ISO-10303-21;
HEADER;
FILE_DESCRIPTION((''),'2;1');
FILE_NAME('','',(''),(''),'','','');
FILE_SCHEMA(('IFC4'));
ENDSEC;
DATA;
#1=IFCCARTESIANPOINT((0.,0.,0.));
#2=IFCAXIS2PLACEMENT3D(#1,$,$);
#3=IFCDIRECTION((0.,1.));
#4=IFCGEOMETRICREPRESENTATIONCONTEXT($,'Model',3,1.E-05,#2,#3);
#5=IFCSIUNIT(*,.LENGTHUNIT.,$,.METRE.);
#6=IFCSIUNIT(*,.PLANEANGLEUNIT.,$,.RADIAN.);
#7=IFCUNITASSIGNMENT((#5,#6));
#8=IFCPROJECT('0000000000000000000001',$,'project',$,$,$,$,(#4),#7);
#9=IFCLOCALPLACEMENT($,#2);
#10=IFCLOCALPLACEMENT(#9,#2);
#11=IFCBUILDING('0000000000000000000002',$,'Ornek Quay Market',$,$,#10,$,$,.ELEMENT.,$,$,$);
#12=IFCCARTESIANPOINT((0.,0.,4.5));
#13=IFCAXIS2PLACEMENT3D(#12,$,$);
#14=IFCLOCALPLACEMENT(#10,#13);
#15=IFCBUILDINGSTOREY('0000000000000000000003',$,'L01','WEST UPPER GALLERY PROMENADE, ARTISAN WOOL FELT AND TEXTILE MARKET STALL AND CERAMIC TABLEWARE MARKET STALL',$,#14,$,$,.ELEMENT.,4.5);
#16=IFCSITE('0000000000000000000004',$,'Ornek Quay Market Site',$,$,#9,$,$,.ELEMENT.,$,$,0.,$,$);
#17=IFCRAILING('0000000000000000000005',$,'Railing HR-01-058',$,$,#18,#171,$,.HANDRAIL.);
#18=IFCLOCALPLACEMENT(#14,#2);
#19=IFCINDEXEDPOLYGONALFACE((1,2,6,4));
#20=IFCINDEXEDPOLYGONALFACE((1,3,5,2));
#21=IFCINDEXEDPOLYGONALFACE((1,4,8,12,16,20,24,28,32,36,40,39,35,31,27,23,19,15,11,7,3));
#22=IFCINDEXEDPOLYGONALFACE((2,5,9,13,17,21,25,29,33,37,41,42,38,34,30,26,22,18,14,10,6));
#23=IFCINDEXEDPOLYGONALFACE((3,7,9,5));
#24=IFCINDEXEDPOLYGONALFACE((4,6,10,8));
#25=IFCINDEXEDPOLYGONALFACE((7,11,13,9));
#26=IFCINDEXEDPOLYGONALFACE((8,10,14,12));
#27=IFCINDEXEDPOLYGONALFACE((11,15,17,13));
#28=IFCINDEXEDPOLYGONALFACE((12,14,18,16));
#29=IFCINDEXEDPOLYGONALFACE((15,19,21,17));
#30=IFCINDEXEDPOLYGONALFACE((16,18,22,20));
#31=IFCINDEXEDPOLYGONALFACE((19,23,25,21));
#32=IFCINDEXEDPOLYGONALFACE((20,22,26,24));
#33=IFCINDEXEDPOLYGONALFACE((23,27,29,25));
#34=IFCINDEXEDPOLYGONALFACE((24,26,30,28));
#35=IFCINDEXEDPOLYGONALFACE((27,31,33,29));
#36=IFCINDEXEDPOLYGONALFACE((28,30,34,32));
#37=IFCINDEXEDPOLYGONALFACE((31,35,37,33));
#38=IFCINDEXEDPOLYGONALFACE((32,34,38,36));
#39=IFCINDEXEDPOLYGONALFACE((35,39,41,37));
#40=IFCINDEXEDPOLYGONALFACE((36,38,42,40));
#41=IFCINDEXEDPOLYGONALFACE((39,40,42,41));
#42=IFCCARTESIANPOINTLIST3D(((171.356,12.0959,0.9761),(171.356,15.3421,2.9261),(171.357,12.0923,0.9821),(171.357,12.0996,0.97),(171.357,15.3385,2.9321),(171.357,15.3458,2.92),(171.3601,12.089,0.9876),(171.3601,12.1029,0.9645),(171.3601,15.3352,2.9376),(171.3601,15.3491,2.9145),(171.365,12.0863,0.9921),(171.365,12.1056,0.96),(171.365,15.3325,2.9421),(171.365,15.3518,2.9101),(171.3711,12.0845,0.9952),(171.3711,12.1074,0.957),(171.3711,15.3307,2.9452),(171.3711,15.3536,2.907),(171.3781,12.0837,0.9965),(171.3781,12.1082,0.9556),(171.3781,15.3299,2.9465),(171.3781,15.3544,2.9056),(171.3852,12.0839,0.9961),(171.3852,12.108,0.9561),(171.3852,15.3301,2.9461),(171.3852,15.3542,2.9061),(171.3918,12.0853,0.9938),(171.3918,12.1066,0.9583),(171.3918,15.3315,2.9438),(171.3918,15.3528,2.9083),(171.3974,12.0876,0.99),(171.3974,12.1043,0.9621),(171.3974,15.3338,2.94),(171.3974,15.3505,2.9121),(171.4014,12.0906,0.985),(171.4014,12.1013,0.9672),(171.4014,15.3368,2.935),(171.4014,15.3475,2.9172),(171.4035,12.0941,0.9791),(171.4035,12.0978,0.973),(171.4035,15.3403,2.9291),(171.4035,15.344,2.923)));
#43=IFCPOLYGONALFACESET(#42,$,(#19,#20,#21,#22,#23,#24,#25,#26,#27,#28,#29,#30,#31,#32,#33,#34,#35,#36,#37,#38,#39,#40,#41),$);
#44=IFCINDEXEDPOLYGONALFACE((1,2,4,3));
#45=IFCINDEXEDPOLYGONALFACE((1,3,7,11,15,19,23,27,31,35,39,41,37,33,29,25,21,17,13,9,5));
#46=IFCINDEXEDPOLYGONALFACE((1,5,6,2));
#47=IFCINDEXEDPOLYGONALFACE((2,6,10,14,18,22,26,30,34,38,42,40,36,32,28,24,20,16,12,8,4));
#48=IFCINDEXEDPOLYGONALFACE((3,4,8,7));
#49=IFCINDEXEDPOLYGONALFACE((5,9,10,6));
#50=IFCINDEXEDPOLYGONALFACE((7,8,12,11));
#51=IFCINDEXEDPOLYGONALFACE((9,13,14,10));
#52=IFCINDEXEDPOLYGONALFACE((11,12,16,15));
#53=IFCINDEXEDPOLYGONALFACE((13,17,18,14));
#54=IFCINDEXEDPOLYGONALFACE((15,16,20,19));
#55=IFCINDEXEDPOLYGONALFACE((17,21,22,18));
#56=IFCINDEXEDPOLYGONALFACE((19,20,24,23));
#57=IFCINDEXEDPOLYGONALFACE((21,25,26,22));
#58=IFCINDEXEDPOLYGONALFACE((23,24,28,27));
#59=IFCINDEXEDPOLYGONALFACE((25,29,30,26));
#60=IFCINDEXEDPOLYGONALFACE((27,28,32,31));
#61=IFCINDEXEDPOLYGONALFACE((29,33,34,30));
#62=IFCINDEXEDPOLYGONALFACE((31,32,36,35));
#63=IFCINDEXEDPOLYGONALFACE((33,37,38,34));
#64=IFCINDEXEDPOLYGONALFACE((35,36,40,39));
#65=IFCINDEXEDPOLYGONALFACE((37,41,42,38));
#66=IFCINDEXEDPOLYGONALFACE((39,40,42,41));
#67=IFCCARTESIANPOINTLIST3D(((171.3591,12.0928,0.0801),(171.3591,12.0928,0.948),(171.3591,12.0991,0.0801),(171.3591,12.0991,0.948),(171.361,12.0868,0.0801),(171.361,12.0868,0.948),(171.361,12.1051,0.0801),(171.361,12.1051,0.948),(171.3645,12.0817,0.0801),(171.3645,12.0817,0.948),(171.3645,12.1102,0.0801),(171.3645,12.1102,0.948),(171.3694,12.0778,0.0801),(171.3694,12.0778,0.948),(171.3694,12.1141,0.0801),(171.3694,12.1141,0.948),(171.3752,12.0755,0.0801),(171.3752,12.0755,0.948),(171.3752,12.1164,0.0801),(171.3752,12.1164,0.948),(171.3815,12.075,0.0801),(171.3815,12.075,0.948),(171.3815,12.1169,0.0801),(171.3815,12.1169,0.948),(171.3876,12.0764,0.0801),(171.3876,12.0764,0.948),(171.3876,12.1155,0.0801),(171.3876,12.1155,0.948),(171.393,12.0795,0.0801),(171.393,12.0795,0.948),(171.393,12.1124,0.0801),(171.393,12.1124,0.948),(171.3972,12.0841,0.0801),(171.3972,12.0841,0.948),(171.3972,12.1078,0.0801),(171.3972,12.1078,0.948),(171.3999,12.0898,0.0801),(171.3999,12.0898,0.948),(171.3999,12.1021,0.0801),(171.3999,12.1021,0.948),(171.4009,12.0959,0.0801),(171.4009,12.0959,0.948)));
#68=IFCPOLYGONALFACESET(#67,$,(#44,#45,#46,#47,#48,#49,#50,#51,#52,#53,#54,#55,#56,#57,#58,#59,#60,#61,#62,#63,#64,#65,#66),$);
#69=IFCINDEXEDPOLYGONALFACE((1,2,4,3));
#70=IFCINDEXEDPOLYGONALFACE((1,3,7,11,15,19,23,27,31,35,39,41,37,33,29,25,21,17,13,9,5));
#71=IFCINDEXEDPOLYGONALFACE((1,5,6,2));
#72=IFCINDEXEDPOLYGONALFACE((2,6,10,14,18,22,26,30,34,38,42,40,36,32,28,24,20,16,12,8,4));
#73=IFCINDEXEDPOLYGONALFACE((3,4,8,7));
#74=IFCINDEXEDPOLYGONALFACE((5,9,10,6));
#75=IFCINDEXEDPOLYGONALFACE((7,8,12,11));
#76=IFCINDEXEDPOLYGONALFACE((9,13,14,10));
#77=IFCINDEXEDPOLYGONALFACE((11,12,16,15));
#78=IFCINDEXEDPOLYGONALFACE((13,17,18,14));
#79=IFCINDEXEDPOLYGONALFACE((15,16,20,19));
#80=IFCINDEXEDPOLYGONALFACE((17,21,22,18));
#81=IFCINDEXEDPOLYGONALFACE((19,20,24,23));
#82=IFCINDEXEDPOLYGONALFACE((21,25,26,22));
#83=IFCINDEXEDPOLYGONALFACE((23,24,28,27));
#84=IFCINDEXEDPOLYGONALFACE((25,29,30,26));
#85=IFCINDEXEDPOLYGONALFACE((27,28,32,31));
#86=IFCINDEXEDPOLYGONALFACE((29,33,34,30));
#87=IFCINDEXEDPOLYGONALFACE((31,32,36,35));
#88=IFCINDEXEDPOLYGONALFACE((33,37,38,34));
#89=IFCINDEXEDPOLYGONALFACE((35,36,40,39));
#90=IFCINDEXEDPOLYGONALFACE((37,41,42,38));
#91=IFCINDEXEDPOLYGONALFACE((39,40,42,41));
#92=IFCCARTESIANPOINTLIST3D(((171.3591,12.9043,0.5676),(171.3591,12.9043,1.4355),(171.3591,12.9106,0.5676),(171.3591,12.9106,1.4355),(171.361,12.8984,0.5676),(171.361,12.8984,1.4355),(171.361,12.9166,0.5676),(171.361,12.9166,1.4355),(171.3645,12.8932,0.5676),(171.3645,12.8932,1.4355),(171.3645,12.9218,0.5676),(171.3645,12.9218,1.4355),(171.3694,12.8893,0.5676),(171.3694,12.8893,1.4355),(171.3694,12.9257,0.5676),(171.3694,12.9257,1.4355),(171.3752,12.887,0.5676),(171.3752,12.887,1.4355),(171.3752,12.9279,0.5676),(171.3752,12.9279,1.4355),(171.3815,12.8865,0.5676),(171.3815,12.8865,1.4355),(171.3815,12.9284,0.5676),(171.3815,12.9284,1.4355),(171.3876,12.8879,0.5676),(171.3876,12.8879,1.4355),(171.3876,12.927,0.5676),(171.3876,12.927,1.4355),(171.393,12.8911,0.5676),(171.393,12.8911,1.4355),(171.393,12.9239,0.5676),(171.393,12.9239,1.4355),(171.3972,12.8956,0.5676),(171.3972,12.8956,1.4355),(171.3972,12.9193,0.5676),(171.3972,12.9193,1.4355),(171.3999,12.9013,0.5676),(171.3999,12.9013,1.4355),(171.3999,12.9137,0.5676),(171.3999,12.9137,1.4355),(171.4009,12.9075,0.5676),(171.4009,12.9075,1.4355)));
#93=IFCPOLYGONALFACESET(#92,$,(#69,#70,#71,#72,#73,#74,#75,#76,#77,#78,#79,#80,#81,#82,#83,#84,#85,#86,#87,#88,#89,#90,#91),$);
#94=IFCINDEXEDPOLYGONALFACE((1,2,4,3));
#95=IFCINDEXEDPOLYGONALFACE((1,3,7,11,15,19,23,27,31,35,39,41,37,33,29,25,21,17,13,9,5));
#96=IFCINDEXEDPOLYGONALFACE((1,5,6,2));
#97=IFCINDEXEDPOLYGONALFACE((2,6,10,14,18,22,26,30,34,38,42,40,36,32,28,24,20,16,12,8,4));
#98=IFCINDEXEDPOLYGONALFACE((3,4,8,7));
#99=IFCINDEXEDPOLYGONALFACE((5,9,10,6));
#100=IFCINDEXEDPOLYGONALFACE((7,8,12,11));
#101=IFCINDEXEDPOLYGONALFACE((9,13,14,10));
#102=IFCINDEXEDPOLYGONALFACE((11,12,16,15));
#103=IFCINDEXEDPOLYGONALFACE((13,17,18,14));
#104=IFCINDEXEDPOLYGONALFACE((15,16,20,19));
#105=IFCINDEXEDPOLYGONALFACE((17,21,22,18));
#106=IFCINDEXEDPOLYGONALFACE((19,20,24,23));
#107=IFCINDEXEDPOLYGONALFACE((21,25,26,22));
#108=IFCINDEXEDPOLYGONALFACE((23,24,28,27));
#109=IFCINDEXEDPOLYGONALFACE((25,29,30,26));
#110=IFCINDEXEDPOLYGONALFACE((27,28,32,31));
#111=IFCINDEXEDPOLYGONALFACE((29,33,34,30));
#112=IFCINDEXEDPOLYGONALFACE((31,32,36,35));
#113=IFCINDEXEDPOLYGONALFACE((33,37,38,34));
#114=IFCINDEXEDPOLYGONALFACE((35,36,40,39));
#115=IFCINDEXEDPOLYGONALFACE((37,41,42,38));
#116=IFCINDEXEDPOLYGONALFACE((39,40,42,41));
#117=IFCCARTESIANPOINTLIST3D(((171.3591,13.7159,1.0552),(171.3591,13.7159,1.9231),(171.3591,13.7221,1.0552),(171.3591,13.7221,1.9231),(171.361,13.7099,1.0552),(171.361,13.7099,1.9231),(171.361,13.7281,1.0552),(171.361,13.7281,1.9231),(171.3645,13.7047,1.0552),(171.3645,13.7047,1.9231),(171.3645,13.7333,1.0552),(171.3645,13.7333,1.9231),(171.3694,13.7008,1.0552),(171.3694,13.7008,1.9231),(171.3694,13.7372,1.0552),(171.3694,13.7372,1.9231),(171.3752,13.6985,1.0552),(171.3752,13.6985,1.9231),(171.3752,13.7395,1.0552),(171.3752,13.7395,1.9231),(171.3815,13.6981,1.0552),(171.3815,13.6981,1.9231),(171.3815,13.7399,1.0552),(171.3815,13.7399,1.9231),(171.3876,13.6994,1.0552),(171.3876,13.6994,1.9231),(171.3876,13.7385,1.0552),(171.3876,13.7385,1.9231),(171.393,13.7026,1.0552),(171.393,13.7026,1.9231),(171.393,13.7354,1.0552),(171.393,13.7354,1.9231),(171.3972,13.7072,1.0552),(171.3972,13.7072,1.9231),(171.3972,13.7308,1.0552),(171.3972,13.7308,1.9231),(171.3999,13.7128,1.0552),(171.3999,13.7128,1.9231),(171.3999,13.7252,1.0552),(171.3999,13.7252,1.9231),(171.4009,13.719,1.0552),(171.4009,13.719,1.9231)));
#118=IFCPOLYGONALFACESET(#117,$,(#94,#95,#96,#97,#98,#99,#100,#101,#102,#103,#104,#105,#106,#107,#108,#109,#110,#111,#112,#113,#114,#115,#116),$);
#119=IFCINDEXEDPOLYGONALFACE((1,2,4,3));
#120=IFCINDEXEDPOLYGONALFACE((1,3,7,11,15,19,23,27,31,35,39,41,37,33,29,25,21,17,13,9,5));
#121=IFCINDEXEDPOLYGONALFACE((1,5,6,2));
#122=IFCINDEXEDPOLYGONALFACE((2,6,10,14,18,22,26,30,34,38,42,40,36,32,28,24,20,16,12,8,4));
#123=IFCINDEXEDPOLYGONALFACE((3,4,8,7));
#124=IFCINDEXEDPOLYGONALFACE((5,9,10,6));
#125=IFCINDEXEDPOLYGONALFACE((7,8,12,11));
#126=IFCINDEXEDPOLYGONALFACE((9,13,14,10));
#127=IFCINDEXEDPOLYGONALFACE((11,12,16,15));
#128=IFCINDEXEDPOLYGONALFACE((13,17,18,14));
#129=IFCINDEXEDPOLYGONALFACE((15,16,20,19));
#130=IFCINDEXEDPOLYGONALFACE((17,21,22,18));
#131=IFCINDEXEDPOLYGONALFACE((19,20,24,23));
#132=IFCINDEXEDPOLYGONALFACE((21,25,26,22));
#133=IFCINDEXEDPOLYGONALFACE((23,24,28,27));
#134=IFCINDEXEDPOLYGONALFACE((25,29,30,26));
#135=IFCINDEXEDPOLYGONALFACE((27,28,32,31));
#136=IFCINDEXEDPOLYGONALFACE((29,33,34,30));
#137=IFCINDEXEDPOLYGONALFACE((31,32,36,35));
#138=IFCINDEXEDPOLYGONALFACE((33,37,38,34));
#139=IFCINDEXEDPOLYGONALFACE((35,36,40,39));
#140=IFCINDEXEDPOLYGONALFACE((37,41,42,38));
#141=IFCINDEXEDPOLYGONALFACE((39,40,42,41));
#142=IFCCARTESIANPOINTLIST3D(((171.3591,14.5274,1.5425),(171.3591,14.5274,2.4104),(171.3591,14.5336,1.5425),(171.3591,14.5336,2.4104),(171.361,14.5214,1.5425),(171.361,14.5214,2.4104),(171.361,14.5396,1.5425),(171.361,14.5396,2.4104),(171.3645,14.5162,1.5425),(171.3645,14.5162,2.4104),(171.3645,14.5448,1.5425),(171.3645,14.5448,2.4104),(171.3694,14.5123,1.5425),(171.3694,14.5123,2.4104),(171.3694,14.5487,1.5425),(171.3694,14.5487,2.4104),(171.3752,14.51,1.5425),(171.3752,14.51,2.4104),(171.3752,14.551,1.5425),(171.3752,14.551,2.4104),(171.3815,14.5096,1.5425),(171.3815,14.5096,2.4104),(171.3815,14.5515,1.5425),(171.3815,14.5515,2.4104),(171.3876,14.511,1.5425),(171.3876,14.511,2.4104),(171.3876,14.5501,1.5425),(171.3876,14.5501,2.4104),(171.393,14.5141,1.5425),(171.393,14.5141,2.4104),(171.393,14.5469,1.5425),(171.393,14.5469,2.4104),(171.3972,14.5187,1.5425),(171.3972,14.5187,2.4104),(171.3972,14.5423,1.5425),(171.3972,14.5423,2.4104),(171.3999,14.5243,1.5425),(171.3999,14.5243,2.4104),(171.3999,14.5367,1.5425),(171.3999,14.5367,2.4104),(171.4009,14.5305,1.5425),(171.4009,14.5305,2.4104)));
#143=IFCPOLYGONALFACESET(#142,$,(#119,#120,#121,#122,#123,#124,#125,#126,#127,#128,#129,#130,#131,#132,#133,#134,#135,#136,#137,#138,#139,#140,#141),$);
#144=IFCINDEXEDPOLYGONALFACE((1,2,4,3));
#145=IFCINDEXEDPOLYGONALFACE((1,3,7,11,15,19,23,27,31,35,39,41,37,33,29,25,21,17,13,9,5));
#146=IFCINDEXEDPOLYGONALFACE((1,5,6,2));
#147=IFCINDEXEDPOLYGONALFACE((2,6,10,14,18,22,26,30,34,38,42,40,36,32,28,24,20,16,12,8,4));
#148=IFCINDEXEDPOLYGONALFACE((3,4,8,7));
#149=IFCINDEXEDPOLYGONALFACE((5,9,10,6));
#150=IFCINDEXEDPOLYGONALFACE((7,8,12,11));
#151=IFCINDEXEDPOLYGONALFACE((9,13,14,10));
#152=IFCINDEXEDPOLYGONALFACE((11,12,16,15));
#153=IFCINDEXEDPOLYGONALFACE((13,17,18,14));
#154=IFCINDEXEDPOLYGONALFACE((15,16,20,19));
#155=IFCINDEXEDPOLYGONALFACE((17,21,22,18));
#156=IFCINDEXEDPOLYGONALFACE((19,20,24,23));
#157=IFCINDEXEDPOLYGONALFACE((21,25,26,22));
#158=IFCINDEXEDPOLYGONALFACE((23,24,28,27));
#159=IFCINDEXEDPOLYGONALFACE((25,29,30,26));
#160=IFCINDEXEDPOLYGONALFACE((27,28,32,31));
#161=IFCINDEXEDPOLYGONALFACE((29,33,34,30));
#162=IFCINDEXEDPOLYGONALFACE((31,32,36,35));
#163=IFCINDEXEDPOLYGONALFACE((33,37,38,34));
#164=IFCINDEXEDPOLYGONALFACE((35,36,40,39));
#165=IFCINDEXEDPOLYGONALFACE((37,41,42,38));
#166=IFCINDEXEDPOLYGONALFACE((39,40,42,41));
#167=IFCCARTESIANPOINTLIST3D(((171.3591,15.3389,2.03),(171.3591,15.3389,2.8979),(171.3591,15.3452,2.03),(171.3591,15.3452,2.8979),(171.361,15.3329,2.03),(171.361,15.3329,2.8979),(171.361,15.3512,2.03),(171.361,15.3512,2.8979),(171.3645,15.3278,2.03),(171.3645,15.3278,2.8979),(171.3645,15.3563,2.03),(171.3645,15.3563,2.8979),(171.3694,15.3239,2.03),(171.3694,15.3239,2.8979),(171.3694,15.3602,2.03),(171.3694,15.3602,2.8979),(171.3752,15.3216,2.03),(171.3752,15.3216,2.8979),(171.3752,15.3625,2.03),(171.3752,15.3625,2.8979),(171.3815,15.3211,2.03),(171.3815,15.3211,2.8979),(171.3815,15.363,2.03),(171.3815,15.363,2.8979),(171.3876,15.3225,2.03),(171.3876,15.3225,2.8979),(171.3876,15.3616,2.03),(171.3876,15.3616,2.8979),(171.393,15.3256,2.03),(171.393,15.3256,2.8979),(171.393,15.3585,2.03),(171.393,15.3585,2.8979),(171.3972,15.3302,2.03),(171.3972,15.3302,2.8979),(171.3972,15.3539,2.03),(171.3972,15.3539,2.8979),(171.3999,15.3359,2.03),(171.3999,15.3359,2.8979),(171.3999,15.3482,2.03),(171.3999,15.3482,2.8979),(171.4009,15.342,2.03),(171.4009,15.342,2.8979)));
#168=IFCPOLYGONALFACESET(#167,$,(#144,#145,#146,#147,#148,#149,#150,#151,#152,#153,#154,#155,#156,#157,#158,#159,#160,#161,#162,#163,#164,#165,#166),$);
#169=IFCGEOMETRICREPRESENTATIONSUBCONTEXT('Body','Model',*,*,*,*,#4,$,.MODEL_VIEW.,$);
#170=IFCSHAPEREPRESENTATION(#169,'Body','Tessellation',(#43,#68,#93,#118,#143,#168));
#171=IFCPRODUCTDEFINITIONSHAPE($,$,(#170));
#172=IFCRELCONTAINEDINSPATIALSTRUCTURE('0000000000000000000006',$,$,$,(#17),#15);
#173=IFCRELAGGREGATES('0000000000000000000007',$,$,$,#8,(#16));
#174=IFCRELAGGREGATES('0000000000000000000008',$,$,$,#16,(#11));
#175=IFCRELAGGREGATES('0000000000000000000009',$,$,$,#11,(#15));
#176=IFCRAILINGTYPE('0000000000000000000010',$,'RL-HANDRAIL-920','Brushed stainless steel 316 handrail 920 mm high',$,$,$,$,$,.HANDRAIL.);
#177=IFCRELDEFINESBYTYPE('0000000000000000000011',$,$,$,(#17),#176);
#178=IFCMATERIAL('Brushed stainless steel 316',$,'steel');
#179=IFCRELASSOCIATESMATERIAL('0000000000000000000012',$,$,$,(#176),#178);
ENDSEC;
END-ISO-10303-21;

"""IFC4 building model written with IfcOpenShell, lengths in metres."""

from ifc_helpers import new_model, si_unit, direction, frame, origin, origin_2d, place, context, subcontext, project, spatial, circle, extrude, material, type_object, element, save


model = new_model("IFC4")

# Units and contexts
model_context = context("Model", 3, precision=1e-05, world=origin(), true_north=direction((0.0, 1.0)))
body_context = subcontext(model_context, "Body", "Model", "MODEL_VIEW")
ifc_project = project(units=[si_unit("LENGTHUNIT", "METRE"), si_unit("PLANEANGLEUNIT", "RADIAN")], contexts=[model_context])

# Site, building, storey
site_placement = place(None, origin())
site = spatial("IfcSite", under=ifc_project, at=site_placement, Name="Ornek Quay Market Site", CompositionType="ELEMENT", RefElevation=0.0)
building_placement = place(site_placement, origin())
building = spatial("IfcBuilding", under=site, at=building_placement, Name="Ornek Quay Market", CompositionType="ELEMENT")
storey_placement = place(building_placement, frame((0.0, 0.0, 4.5)))
storey = spatial("IfcBuildingStorey", under=building, at=storey_placement, Name="L01", Description="WEST UPPER GALLERY PROMENADE, ARTISAN WOOL FELT AND TEXTILE MARKET STALL AND CERAMIC TABLEWARE MARKET STALL", CompositionType="ELEMENT", Elevation=4.5)

# Railing
ifc_material_1 = material(Name="Brushed stainless steel 316", Category="steel")
railing_type_1 = type_object("IfcRailingType", Name="RL-HANDRAIL-920", Description="Brushed stainless steel 316 handrail 920 mm high", PredefinedType="HANDRAIL", material=ifc_material_1)
railing_1_placement = place(storey_placement, frame((171.3799, 12.0959, 0.0801)))
element("IfcRailing", 1, at=railing_1_placement, inside=storey, type_object=railing_type_1, Name="Railing HR-01-058", PredefinedType="HANDRAIL", context=body_context, shape_type="SweptSolid", body=[
    extrude(circle(Radius=0.0239, at=origin_2d()), frame((0.0, 0.0, 0.896), z_axis=(0.0, 0.857225, 0.514941), x_axis=(-1.0, 0.0, 0.0)), (0.0, 0.0, 1.0), 3.7869),
    extrude(circle(Radius=0.021, at=origin_2d()), origin(), (0.0, 0.0, 1.0), 0.8679),
    extrude(circle(Radius=0.021, at=origin_2d()), frame((0.0, 0.8115, 0.4875)), (0.0, 0.0, 1.0), 0.8679),
    extrude(circle(Radius=0.021, at=origin_2d()), frame((0.0, 1.623, 0.9751)), (0.0, 0.0, 1.0), 0.8679),
    extrude(circle(Radius=0.021, at=origin_2d()), frame((0.0, 2.4346, 1.4624)), (0.0, 0.0, 1.0), 0.8679),
    extrude(circle(Radius=0.021, at=origin_2d()), frame((0.0, 3.2461, 1.95)), (0.0, 0.0, 1.0), 0.8679),
])

save(model, "model.ifc")
